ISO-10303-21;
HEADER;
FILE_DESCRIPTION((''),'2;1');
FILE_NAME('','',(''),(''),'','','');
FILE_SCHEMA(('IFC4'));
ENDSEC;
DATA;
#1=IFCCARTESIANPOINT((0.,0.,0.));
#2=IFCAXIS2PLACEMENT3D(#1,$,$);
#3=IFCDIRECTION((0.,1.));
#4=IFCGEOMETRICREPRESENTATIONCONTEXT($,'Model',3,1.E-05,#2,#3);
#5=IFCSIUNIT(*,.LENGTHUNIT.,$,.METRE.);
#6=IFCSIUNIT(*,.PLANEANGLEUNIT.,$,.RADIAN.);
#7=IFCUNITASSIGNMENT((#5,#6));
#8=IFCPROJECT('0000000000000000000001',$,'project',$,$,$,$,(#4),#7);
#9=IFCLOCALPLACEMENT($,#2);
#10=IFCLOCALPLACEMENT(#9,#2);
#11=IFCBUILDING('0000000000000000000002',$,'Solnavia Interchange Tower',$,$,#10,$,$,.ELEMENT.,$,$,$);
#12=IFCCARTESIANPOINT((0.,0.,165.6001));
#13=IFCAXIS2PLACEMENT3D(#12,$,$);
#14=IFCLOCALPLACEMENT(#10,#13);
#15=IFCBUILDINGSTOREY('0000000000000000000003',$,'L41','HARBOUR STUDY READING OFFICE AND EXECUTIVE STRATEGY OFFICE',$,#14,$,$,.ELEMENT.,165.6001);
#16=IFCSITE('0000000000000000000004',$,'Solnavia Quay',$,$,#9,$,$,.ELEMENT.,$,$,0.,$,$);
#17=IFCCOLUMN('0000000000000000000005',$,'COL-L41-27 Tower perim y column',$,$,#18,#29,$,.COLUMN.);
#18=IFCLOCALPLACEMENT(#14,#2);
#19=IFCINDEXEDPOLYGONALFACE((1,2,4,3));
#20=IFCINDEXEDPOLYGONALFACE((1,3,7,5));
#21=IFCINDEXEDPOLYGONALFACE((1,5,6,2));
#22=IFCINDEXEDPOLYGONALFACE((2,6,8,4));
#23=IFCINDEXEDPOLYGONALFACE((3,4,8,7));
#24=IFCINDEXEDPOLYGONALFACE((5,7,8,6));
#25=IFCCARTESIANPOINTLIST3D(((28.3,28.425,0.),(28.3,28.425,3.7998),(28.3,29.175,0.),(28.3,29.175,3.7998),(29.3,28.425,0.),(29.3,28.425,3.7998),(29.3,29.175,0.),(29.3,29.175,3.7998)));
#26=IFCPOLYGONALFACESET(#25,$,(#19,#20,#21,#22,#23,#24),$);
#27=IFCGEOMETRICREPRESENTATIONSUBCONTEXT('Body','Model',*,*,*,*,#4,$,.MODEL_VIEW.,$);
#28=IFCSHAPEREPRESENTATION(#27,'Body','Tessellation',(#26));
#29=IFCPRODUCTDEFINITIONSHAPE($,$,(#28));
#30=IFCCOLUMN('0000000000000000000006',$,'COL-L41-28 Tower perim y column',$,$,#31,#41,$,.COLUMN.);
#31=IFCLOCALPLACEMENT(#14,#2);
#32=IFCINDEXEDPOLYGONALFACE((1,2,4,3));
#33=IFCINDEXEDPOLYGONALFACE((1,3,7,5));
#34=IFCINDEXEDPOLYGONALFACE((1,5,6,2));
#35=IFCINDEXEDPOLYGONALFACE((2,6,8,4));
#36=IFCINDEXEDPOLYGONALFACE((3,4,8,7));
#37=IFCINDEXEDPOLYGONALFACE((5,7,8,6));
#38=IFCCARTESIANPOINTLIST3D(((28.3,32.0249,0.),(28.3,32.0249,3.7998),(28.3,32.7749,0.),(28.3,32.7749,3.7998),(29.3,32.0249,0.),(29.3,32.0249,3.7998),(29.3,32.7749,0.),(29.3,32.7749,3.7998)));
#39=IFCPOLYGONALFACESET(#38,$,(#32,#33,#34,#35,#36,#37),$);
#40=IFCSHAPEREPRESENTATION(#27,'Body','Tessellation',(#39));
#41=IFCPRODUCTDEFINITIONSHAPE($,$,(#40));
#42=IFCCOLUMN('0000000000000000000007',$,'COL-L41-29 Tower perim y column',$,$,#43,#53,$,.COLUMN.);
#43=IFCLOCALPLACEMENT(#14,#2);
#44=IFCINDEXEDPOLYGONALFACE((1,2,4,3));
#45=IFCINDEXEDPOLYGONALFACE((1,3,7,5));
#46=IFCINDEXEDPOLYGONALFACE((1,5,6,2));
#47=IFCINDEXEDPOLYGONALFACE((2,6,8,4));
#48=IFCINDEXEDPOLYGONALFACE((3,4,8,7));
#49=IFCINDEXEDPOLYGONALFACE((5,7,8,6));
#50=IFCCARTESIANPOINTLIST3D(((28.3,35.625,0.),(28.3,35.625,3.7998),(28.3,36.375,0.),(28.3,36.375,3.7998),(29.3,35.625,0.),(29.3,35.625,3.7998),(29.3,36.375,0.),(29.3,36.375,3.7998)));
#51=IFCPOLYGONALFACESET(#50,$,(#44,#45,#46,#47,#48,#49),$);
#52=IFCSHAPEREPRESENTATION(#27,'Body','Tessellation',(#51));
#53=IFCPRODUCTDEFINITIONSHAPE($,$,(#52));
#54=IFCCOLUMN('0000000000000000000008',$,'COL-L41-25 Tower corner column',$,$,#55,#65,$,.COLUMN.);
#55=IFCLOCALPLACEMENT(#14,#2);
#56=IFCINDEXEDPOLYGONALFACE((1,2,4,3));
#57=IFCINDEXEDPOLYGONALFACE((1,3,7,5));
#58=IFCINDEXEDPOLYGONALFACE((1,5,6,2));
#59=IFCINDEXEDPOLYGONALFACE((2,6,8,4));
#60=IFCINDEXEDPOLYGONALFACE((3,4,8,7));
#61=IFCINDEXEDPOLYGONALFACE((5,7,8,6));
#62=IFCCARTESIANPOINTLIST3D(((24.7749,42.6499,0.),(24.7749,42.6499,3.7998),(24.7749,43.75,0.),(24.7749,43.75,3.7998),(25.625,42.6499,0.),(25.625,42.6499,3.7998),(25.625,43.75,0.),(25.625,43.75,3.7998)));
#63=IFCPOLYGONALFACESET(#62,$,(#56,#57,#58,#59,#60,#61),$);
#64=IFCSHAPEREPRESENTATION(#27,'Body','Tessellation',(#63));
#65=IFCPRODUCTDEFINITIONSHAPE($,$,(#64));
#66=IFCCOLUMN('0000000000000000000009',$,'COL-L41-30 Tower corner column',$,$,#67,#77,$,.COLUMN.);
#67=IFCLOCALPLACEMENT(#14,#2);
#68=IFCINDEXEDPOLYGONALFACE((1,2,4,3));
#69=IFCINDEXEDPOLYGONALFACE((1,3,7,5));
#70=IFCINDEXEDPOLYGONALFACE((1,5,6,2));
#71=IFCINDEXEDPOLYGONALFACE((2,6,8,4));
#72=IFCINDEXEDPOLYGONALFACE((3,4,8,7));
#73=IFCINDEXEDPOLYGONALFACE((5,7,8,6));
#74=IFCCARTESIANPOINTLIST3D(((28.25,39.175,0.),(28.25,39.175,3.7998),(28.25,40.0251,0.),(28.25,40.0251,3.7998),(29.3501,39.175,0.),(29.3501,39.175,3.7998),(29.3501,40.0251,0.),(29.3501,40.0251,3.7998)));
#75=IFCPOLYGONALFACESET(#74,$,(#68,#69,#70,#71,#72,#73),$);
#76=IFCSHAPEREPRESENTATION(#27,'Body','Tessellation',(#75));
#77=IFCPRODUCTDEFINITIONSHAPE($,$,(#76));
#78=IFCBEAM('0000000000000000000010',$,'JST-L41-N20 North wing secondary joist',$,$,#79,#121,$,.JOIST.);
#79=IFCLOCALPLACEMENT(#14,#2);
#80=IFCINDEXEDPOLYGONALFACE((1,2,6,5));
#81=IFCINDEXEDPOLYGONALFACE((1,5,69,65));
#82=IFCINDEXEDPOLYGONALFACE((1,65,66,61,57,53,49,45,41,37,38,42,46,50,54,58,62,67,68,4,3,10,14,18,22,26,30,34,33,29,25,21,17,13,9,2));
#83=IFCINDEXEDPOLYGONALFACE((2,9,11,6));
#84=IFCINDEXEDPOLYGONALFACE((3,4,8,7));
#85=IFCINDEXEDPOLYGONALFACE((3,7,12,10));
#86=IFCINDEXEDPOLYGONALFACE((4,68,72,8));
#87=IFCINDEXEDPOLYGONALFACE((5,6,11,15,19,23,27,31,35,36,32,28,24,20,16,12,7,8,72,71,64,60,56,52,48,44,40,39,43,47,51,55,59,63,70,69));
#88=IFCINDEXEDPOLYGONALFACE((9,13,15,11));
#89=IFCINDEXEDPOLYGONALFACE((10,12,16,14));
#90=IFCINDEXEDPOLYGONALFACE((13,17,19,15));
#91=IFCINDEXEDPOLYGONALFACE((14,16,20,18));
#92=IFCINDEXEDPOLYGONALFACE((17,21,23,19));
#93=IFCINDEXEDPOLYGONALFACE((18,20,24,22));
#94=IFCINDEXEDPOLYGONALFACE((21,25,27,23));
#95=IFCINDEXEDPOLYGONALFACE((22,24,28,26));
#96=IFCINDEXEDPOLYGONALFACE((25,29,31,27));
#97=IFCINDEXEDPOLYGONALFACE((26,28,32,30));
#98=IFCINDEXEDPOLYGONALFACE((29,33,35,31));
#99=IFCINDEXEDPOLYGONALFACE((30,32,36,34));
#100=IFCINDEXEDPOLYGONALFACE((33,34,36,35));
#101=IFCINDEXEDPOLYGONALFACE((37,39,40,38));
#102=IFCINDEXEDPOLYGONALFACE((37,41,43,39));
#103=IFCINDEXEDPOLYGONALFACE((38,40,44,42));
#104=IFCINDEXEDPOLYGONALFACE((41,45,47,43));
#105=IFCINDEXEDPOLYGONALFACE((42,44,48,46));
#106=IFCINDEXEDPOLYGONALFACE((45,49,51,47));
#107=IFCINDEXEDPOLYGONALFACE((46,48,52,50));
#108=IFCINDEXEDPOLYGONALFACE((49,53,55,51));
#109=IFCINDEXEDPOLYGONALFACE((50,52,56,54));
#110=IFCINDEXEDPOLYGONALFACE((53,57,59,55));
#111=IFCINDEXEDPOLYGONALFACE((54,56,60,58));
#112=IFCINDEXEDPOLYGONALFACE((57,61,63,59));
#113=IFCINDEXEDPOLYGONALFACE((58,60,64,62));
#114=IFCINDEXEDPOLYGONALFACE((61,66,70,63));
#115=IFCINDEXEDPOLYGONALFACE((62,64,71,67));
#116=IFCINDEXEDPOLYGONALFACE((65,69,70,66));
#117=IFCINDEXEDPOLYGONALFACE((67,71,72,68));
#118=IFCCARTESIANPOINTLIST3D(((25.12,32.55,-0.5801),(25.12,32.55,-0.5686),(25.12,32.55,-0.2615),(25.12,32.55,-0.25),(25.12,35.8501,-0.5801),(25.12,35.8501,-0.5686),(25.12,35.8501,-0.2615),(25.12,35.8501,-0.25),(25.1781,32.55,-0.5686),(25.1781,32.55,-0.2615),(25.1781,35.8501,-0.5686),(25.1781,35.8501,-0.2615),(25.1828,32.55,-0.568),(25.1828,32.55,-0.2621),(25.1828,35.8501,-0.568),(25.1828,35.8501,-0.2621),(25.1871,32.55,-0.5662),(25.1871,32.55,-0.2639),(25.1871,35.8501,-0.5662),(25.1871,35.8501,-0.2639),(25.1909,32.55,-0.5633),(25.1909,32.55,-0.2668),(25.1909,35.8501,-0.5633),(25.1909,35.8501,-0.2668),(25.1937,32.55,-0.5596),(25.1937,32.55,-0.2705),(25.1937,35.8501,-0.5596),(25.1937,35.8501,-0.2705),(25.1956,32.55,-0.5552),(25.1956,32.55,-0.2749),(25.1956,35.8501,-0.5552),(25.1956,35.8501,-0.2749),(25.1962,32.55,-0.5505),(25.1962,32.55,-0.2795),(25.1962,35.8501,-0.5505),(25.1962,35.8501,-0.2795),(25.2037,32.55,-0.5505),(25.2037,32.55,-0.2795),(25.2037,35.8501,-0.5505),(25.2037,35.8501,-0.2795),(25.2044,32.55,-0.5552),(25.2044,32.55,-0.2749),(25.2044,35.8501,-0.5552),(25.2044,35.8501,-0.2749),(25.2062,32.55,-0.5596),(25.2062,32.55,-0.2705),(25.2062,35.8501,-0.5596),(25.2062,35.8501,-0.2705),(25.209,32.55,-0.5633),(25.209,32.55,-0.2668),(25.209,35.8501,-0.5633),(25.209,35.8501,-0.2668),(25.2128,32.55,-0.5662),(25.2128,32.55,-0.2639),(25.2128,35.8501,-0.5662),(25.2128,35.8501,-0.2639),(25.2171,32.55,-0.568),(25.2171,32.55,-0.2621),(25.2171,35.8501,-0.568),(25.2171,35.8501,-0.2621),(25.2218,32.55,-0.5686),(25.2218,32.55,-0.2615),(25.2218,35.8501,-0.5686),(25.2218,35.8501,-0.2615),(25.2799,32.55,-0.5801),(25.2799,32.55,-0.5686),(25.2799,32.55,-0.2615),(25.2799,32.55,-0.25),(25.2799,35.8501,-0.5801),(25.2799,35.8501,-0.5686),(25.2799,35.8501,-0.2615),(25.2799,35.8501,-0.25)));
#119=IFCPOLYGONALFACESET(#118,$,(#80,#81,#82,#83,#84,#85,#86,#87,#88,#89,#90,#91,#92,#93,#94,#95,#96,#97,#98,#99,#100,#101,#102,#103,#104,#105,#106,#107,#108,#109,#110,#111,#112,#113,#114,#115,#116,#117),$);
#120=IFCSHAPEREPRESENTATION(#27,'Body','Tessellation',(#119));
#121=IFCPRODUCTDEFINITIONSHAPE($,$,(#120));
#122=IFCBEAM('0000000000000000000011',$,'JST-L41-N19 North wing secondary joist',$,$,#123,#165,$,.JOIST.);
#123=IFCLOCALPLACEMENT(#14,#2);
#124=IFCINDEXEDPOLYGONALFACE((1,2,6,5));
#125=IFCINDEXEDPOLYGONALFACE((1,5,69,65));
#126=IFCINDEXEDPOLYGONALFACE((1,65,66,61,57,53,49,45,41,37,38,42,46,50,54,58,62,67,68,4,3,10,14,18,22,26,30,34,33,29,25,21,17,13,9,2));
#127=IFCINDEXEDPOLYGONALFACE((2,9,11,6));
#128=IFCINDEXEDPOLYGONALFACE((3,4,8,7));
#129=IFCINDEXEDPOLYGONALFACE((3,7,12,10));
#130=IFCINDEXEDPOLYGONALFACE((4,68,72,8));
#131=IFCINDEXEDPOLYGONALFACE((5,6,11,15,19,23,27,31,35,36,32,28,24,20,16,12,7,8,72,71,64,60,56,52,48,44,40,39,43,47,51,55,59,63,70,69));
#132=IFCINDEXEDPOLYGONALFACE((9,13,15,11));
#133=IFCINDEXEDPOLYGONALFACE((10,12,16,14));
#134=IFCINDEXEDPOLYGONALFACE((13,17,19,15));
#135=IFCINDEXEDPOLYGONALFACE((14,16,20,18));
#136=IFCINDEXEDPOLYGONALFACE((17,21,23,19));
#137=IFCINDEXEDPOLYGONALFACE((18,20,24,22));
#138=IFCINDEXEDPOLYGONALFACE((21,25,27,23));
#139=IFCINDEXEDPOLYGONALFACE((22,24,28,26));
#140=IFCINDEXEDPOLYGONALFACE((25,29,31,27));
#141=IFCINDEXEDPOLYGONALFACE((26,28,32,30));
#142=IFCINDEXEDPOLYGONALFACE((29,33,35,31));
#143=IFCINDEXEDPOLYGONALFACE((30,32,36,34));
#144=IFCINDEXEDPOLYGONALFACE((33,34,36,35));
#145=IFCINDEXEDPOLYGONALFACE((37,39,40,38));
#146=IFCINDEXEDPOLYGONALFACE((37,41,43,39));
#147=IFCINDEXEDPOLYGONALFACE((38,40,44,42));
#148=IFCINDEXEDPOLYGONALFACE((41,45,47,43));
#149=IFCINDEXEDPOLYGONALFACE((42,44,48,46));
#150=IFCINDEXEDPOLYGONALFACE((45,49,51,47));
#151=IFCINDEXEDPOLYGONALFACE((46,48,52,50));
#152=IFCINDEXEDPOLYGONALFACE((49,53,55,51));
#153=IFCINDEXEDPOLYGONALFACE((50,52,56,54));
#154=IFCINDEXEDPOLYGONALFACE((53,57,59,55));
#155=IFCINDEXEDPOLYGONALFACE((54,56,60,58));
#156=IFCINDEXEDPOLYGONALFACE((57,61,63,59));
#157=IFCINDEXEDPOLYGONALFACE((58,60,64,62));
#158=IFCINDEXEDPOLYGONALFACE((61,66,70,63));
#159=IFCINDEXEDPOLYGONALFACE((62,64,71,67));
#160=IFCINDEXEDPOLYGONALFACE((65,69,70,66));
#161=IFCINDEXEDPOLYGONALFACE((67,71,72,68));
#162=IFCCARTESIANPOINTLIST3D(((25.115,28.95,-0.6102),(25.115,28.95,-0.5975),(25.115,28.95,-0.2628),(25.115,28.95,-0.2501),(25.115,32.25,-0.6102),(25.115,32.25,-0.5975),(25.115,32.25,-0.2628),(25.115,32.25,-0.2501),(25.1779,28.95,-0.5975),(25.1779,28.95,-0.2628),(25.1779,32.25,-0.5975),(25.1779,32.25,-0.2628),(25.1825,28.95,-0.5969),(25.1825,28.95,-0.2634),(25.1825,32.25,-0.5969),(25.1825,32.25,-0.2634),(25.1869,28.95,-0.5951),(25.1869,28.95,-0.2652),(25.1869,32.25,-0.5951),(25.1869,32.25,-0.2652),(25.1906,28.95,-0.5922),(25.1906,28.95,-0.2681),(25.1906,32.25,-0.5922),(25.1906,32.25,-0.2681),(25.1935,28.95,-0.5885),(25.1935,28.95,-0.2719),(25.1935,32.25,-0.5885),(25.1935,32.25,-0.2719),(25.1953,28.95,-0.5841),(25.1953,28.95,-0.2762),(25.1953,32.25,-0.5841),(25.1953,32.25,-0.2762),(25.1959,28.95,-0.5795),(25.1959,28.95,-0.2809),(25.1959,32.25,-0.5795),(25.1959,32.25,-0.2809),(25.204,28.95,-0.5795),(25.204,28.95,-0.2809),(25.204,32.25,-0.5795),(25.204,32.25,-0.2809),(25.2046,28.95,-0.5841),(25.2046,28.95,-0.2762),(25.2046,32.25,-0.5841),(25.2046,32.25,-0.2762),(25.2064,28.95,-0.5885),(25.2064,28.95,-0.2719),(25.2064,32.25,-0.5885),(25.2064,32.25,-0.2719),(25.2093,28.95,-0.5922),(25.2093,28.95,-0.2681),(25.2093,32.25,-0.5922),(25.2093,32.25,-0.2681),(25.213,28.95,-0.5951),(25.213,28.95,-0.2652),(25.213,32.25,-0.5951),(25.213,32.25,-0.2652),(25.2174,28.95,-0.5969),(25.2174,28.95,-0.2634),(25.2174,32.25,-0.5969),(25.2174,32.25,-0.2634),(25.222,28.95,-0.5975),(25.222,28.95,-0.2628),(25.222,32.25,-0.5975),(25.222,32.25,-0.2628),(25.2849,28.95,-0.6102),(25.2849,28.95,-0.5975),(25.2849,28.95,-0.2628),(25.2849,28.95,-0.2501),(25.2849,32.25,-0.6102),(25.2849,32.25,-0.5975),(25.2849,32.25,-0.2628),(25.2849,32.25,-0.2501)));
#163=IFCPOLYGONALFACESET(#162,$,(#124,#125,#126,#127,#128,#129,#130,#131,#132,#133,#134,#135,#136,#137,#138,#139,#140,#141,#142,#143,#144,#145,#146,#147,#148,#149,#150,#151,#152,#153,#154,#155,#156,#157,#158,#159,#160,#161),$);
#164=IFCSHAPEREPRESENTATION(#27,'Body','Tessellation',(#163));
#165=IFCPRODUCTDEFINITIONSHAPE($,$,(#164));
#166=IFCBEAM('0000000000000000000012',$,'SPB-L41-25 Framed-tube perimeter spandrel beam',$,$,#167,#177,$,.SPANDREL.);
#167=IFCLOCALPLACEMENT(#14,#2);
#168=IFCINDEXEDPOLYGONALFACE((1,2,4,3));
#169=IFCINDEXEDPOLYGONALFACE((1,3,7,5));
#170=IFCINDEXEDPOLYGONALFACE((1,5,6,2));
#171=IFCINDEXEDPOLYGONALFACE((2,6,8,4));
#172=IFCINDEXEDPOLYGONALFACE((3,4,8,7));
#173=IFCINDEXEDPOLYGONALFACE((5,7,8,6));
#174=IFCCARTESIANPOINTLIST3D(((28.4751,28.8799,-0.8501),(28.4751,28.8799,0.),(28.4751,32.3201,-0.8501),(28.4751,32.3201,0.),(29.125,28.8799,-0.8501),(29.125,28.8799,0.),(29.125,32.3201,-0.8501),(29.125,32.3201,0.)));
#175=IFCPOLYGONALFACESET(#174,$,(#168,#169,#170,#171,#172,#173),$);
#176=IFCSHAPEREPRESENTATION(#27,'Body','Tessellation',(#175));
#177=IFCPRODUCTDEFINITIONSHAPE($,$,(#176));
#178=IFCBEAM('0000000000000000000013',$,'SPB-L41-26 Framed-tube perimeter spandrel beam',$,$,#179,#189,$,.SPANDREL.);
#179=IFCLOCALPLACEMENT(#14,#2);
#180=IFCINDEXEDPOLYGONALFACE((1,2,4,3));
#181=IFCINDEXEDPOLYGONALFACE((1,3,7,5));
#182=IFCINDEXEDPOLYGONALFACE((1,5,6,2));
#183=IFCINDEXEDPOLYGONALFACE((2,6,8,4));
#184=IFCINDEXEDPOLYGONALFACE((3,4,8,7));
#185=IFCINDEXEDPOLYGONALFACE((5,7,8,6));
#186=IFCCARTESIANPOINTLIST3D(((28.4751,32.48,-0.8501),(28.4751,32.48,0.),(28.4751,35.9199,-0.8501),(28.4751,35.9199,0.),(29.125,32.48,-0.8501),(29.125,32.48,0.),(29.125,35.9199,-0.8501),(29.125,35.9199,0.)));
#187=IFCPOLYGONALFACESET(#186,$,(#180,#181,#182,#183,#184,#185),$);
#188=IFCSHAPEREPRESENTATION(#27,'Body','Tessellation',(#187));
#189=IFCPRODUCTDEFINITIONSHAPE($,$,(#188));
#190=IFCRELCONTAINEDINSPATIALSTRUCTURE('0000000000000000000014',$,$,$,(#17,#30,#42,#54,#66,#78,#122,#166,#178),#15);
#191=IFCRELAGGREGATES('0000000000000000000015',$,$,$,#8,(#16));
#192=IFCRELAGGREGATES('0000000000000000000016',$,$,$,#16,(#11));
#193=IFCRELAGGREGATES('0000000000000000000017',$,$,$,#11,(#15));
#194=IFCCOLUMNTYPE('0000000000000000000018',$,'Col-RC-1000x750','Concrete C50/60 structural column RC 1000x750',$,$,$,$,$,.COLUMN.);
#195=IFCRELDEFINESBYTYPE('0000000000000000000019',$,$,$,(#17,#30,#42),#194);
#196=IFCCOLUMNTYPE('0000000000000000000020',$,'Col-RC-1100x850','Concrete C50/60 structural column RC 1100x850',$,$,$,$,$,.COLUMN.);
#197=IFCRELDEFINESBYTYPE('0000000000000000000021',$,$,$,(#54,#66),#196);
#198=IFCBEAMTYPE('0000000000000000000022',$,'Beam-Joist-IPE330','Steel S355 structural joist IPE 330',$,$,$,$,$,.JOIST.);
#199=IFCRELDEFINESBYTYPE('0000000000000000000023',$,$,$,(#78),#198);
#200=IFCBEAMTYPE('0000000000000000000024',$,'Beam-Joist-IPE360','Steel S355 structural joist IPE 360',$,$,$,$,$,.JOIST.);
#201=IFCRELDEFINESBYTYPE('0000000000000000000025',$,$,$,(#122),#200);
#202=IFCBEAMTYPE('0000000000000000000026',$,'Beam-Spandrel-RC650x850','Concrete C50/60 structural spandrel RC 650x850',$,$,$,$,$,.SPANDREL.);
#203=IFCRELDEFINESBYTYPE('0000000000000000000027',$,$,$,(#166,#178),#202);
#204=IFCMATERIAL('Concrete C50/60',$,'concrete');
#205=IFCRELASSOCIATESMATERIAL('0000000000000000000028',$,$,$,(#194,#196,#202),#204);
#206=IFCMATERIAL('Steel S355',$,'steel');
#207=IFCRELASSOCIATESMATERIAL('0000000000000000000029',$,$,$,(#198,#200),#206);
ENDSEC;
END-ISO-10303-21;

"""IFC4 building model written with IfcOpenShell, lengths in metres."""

from ifc_helpers import new_model, si_unit, direction, frame, origin, origin_2d, place, context, subcontext, project, spatial, rectangle, i_section, extrude, material, material_profile, profile_set, type_object, element, save


model = new_model("IFC4")

# Units and contexts
model_context = context("Model", 3, precision=1e-05, world=origin(), true_north=direction((0.0, 1.0)))
body_context = subcontext(model_context, "Body", "Model", "MODEL_VIEW")
ifc_project = project(units=[si_unit("LENGTHUNIT", "METRE"), si_unit("PLANEANGLEUNIT", "RADIAN")], contexts=[model_context])

# Site, building, storey
site_placement = place(None, origin())
site = spatial("IfcSite", under=ifc_project, at=site_placement, Name="Solnavia Quay", CompositionType="ELEMENT", RefElevation=0.0)
building_placement = place(site_placement, origin())
building = spatial("IfcBuilding", under=site, at=building_placement, Name="Solnavia Interchange Tower", CompositionType="ELEMENT")
storey_placement = place(building_placement, frame((0.0, 0.0, 165.6001)))
storey = spatial("IfcBuildingStorey", under=building, at=storey_placement, Name="L41", Description="HARBOUR STUDY READING OFFICE AND EXECUTIVE STRATEGY OFFICE", CompositionType="ELEMENT", Elevation=165.6001)

# Columns
ifc_material_1 = material(Name="Concrete C50/60", Category="concrete")
ifc_material_profile_1 = material_profile(ifc_material_1, rectangle(XDim=0.75, YDim=1.0, at=origin_2d()), Name="RC 1000x750")
ifc_profile_set_1 = profile_set([ifc_material_profile_1], Name="Concrete C50/60")
column_type_1 = type_object("IfcColumnType", Name="Col-RC-1000x750", Description="Concrete C50/60 structural column RC 1000x750", PredefinedType="COLUMN", material=ifc_profile_set_1)
for number, where, z_axis, x_axis, name in (
    (1, (28.8, 28.8, 0.0), (0.0, 0.0, 1.0), (0.0, 1.0, 0.0), "COL-L41-27 Tower perim y column"),
    (2, (28.8, 32.3999, 0.0), (0.0, 0.0, 1.0), (0.0, 1.0, 0.0), "COL-L41-28 Tower perim y column"),
    (3, (28.8, 36.0, 0.0), (0.0, 0.0, 1.0), (0.0, 1.0, 0.0), "COL-L41-29 Tower perim y column"),
):
    element("IfcColumn", number, at=place(storey_placement, frame(where, z_axis=z_axis, x_axis=x_axis)), inside=storey, type_object=column_type_1, Name=name, PredefinedType="COLUMN", context=body_context, shape_type="SweptSolid", body=[
        extrude(rectangle(XDim=0.75, YDim=1.0, at=origin_2d()), origin(), (0.0, 0.0, 1.0), 3.7998),
    ])
ifc_material_profile_2 = material_profile(ifc_material_1, rectangle(XDim=0.8501, YDim=1.1001, at=origin_2d()), Name="RC 1100x850")
ifc_profile_set_2 = profile_set([ifc_material_profile_2], Name="Concrete C50/60")
column_type_2 = type_object("IfcColumnType", Name="Col-RC-1100x850", Description="Concrete C50/60 structural column RC 1100x850", PredefinedType="COLUMN", material=ifc_profile_set_2)
for number, where, z_axis, x_axis, name in (
    (4, (25.2, 43.2, 0.0), (0.0, 0.0, 1.0), (1.0, 0.0, 0.0), "COL-L41-25 Tower corner column"),
    (5, (28.8, 39.6001, 0.0), (0.0, 0.0, 1.0), (0.0, 1.0, 0.0), "COL-L41-30 Tower corner column"),
):
    element("IfcColumn", number, at=place(storey_placement, frame(where, z_axis=z_axis, x_axis=x_axis)), inside=storey, type_object=column_type_2, Name=name, PredefinedType="COLUMN", context=body_context, shape_type="SweptSolid", body=[
        extrude(rectangle(XDim=0.8501, YDim=1.1001, at=origin_2d()), origin(), (0.0, 0.0, 1.0), 3.7998),
    ])

# Beams
ifc_material_2 = material(Name="Steel S355", Category="steel")
ifc_material_profile_3 = material_profile(ifc_material_2, i_section(OverallWidth=0.1599, OverallDepth=0.3301, WebThickness=0.0076, FlangeThickness=0.0115, FilletRadius=0.0181, at=origin_2d()), Name="IPE 330")
ifc_profile_set_3 = profile_set([ifc_material_profile_3], Name="Steel S355")
beam_type_1 = type_object("IfcBeamType", Name="Beam-Joist-IPE330", Description="Steel S355 structural joist IPE 330", PredefinedType="JOIST", material=ifc_profile_set_3)
beam_1_placement = place(storey_placement, frame((25.2, 32.55, -0.415), z_axis=(0.0, 1.0, 0.0), x_axis=(-1.0, 0.0, 0.0)))
element("IfcBeam", 6, at=beam_1_placement, inside=storey, type_object=beam_type_1, Name="JST-L41-N20 North wing secondary joist", PredefinedType="JOIST", context=body_context, shape_type="SweptSolid", body=[
    extrude(i_section(OverallWidth=0.1599, OverallDepth=0.3301, WebThickness=0.0076, FlangeThickness=0.0115, FilletRadius=0.0181, at=origin_2d()), origin(), (0.0, 0.0, 1.0), 3.3),
])
ifc_material_profile_4 = material_profile(ifc_material_2, i_section(OverallWidth=0.1699, OverallDepth=0.3601, WebThickness=0.0081, FlangeThickness=0.0127, FilletRadius=0.0181, at=origin_2d()), Name="IPE 360")
ifc_profile_set_4 = profile_set([ifc_material_profile_4], Name="Steel S355")
beam_type_2 = type_object("IfcBeamType", Name="Beam-Joist-IPE360", Description="Steel S355 structural joist IPE 360", PredefinedType="JOIST", material=ifc_profile_set_4)
beam_2_placement = place(storey_placement, frame((25.2, 28.95, -0.4302), z_axis=(0.0, 1.0, 0.0), x_axis=(-1.0, 0.0, 0.0)))
element("IfcBeam", 7, at=beam_2_placement, inside=storey, type_object=beam_type_2, Name="JST-L41-N19 North wing secondary joist", PredefinedType="JOIST", context=body_context, shape_type="SweptSolid", body=[
    extrude(i_section(OverallWidth=0.1699, OverallDepth=0.3601, WebThickness=0.0081, FlangeThickness=0.0127, FilletRadius=0.0181, at=origin_2d()), origin(), (0.0, 0.0, 1.0), 3.3),
])
ifc_material_profile_5 = material_profile(ifc_material_1, rectangle(XDim=0.6499, YDim=0.8501, at=origin_2d()), Name="RC 650x850")
ifc_profile_set_5 = profile_set([ifc_material_profile_5], Name="Concrete C50/60")
beam_type_3 = type_object("IfcBeamType", Name="Beam-Spandrel-RC650x850", Description="Concrete C50/60 structural spandrel RC 650x850", PredefinedType="SPANDREL", material=ifc_profile_set_5)
beam_3_placement = place(storey_placement, frame((28.8, 28.8799, -0.425), z_axis=(0.0, 1.0, 0.0), x_axis=(-1.0, 0.0, 0.0)))
element("IfcBeam", 8, at=beam_3_placement, inside=storey, type_object=beam_type_3, Name="SPB-L41-25 Framed-tube perimeter spandrel beam", PredefinedType="SPANDREL", context=body_context, shape_type="SweptSolid", body=[
    extrude(rectangle(XDim=0.6499, YDim=0.8501, at=origin_2d()), origin(), (0.0, 0.0, 1.0), 3.4402),
])
for number, where, z_axis, x_axis, name in (
    (9, (28.8, 32.48, -0.425), (0.0, 1.0, 0.0), (-1.0, 0.0, 0.0), "SPB-L41-26 Framed-tube perimeter spandrel beam"),
):
    element("IfcBeam", number, at=place(storey_placement, frame(where, z_axis=z_axis, x_axis=x_axis)), inside=storey, type_object=beam_type_3, Name=name, PredefinedType="SPANDREL", context=body_context, shape_type="SweptSolid", body=[
        extrude(rectangle(XDim=0.6499, YDim=0.8501, at=origin_2d()), origin(), (0.0, 0.0, 1.0), 3.4399),
    ])

save(model, "model.ifc")
